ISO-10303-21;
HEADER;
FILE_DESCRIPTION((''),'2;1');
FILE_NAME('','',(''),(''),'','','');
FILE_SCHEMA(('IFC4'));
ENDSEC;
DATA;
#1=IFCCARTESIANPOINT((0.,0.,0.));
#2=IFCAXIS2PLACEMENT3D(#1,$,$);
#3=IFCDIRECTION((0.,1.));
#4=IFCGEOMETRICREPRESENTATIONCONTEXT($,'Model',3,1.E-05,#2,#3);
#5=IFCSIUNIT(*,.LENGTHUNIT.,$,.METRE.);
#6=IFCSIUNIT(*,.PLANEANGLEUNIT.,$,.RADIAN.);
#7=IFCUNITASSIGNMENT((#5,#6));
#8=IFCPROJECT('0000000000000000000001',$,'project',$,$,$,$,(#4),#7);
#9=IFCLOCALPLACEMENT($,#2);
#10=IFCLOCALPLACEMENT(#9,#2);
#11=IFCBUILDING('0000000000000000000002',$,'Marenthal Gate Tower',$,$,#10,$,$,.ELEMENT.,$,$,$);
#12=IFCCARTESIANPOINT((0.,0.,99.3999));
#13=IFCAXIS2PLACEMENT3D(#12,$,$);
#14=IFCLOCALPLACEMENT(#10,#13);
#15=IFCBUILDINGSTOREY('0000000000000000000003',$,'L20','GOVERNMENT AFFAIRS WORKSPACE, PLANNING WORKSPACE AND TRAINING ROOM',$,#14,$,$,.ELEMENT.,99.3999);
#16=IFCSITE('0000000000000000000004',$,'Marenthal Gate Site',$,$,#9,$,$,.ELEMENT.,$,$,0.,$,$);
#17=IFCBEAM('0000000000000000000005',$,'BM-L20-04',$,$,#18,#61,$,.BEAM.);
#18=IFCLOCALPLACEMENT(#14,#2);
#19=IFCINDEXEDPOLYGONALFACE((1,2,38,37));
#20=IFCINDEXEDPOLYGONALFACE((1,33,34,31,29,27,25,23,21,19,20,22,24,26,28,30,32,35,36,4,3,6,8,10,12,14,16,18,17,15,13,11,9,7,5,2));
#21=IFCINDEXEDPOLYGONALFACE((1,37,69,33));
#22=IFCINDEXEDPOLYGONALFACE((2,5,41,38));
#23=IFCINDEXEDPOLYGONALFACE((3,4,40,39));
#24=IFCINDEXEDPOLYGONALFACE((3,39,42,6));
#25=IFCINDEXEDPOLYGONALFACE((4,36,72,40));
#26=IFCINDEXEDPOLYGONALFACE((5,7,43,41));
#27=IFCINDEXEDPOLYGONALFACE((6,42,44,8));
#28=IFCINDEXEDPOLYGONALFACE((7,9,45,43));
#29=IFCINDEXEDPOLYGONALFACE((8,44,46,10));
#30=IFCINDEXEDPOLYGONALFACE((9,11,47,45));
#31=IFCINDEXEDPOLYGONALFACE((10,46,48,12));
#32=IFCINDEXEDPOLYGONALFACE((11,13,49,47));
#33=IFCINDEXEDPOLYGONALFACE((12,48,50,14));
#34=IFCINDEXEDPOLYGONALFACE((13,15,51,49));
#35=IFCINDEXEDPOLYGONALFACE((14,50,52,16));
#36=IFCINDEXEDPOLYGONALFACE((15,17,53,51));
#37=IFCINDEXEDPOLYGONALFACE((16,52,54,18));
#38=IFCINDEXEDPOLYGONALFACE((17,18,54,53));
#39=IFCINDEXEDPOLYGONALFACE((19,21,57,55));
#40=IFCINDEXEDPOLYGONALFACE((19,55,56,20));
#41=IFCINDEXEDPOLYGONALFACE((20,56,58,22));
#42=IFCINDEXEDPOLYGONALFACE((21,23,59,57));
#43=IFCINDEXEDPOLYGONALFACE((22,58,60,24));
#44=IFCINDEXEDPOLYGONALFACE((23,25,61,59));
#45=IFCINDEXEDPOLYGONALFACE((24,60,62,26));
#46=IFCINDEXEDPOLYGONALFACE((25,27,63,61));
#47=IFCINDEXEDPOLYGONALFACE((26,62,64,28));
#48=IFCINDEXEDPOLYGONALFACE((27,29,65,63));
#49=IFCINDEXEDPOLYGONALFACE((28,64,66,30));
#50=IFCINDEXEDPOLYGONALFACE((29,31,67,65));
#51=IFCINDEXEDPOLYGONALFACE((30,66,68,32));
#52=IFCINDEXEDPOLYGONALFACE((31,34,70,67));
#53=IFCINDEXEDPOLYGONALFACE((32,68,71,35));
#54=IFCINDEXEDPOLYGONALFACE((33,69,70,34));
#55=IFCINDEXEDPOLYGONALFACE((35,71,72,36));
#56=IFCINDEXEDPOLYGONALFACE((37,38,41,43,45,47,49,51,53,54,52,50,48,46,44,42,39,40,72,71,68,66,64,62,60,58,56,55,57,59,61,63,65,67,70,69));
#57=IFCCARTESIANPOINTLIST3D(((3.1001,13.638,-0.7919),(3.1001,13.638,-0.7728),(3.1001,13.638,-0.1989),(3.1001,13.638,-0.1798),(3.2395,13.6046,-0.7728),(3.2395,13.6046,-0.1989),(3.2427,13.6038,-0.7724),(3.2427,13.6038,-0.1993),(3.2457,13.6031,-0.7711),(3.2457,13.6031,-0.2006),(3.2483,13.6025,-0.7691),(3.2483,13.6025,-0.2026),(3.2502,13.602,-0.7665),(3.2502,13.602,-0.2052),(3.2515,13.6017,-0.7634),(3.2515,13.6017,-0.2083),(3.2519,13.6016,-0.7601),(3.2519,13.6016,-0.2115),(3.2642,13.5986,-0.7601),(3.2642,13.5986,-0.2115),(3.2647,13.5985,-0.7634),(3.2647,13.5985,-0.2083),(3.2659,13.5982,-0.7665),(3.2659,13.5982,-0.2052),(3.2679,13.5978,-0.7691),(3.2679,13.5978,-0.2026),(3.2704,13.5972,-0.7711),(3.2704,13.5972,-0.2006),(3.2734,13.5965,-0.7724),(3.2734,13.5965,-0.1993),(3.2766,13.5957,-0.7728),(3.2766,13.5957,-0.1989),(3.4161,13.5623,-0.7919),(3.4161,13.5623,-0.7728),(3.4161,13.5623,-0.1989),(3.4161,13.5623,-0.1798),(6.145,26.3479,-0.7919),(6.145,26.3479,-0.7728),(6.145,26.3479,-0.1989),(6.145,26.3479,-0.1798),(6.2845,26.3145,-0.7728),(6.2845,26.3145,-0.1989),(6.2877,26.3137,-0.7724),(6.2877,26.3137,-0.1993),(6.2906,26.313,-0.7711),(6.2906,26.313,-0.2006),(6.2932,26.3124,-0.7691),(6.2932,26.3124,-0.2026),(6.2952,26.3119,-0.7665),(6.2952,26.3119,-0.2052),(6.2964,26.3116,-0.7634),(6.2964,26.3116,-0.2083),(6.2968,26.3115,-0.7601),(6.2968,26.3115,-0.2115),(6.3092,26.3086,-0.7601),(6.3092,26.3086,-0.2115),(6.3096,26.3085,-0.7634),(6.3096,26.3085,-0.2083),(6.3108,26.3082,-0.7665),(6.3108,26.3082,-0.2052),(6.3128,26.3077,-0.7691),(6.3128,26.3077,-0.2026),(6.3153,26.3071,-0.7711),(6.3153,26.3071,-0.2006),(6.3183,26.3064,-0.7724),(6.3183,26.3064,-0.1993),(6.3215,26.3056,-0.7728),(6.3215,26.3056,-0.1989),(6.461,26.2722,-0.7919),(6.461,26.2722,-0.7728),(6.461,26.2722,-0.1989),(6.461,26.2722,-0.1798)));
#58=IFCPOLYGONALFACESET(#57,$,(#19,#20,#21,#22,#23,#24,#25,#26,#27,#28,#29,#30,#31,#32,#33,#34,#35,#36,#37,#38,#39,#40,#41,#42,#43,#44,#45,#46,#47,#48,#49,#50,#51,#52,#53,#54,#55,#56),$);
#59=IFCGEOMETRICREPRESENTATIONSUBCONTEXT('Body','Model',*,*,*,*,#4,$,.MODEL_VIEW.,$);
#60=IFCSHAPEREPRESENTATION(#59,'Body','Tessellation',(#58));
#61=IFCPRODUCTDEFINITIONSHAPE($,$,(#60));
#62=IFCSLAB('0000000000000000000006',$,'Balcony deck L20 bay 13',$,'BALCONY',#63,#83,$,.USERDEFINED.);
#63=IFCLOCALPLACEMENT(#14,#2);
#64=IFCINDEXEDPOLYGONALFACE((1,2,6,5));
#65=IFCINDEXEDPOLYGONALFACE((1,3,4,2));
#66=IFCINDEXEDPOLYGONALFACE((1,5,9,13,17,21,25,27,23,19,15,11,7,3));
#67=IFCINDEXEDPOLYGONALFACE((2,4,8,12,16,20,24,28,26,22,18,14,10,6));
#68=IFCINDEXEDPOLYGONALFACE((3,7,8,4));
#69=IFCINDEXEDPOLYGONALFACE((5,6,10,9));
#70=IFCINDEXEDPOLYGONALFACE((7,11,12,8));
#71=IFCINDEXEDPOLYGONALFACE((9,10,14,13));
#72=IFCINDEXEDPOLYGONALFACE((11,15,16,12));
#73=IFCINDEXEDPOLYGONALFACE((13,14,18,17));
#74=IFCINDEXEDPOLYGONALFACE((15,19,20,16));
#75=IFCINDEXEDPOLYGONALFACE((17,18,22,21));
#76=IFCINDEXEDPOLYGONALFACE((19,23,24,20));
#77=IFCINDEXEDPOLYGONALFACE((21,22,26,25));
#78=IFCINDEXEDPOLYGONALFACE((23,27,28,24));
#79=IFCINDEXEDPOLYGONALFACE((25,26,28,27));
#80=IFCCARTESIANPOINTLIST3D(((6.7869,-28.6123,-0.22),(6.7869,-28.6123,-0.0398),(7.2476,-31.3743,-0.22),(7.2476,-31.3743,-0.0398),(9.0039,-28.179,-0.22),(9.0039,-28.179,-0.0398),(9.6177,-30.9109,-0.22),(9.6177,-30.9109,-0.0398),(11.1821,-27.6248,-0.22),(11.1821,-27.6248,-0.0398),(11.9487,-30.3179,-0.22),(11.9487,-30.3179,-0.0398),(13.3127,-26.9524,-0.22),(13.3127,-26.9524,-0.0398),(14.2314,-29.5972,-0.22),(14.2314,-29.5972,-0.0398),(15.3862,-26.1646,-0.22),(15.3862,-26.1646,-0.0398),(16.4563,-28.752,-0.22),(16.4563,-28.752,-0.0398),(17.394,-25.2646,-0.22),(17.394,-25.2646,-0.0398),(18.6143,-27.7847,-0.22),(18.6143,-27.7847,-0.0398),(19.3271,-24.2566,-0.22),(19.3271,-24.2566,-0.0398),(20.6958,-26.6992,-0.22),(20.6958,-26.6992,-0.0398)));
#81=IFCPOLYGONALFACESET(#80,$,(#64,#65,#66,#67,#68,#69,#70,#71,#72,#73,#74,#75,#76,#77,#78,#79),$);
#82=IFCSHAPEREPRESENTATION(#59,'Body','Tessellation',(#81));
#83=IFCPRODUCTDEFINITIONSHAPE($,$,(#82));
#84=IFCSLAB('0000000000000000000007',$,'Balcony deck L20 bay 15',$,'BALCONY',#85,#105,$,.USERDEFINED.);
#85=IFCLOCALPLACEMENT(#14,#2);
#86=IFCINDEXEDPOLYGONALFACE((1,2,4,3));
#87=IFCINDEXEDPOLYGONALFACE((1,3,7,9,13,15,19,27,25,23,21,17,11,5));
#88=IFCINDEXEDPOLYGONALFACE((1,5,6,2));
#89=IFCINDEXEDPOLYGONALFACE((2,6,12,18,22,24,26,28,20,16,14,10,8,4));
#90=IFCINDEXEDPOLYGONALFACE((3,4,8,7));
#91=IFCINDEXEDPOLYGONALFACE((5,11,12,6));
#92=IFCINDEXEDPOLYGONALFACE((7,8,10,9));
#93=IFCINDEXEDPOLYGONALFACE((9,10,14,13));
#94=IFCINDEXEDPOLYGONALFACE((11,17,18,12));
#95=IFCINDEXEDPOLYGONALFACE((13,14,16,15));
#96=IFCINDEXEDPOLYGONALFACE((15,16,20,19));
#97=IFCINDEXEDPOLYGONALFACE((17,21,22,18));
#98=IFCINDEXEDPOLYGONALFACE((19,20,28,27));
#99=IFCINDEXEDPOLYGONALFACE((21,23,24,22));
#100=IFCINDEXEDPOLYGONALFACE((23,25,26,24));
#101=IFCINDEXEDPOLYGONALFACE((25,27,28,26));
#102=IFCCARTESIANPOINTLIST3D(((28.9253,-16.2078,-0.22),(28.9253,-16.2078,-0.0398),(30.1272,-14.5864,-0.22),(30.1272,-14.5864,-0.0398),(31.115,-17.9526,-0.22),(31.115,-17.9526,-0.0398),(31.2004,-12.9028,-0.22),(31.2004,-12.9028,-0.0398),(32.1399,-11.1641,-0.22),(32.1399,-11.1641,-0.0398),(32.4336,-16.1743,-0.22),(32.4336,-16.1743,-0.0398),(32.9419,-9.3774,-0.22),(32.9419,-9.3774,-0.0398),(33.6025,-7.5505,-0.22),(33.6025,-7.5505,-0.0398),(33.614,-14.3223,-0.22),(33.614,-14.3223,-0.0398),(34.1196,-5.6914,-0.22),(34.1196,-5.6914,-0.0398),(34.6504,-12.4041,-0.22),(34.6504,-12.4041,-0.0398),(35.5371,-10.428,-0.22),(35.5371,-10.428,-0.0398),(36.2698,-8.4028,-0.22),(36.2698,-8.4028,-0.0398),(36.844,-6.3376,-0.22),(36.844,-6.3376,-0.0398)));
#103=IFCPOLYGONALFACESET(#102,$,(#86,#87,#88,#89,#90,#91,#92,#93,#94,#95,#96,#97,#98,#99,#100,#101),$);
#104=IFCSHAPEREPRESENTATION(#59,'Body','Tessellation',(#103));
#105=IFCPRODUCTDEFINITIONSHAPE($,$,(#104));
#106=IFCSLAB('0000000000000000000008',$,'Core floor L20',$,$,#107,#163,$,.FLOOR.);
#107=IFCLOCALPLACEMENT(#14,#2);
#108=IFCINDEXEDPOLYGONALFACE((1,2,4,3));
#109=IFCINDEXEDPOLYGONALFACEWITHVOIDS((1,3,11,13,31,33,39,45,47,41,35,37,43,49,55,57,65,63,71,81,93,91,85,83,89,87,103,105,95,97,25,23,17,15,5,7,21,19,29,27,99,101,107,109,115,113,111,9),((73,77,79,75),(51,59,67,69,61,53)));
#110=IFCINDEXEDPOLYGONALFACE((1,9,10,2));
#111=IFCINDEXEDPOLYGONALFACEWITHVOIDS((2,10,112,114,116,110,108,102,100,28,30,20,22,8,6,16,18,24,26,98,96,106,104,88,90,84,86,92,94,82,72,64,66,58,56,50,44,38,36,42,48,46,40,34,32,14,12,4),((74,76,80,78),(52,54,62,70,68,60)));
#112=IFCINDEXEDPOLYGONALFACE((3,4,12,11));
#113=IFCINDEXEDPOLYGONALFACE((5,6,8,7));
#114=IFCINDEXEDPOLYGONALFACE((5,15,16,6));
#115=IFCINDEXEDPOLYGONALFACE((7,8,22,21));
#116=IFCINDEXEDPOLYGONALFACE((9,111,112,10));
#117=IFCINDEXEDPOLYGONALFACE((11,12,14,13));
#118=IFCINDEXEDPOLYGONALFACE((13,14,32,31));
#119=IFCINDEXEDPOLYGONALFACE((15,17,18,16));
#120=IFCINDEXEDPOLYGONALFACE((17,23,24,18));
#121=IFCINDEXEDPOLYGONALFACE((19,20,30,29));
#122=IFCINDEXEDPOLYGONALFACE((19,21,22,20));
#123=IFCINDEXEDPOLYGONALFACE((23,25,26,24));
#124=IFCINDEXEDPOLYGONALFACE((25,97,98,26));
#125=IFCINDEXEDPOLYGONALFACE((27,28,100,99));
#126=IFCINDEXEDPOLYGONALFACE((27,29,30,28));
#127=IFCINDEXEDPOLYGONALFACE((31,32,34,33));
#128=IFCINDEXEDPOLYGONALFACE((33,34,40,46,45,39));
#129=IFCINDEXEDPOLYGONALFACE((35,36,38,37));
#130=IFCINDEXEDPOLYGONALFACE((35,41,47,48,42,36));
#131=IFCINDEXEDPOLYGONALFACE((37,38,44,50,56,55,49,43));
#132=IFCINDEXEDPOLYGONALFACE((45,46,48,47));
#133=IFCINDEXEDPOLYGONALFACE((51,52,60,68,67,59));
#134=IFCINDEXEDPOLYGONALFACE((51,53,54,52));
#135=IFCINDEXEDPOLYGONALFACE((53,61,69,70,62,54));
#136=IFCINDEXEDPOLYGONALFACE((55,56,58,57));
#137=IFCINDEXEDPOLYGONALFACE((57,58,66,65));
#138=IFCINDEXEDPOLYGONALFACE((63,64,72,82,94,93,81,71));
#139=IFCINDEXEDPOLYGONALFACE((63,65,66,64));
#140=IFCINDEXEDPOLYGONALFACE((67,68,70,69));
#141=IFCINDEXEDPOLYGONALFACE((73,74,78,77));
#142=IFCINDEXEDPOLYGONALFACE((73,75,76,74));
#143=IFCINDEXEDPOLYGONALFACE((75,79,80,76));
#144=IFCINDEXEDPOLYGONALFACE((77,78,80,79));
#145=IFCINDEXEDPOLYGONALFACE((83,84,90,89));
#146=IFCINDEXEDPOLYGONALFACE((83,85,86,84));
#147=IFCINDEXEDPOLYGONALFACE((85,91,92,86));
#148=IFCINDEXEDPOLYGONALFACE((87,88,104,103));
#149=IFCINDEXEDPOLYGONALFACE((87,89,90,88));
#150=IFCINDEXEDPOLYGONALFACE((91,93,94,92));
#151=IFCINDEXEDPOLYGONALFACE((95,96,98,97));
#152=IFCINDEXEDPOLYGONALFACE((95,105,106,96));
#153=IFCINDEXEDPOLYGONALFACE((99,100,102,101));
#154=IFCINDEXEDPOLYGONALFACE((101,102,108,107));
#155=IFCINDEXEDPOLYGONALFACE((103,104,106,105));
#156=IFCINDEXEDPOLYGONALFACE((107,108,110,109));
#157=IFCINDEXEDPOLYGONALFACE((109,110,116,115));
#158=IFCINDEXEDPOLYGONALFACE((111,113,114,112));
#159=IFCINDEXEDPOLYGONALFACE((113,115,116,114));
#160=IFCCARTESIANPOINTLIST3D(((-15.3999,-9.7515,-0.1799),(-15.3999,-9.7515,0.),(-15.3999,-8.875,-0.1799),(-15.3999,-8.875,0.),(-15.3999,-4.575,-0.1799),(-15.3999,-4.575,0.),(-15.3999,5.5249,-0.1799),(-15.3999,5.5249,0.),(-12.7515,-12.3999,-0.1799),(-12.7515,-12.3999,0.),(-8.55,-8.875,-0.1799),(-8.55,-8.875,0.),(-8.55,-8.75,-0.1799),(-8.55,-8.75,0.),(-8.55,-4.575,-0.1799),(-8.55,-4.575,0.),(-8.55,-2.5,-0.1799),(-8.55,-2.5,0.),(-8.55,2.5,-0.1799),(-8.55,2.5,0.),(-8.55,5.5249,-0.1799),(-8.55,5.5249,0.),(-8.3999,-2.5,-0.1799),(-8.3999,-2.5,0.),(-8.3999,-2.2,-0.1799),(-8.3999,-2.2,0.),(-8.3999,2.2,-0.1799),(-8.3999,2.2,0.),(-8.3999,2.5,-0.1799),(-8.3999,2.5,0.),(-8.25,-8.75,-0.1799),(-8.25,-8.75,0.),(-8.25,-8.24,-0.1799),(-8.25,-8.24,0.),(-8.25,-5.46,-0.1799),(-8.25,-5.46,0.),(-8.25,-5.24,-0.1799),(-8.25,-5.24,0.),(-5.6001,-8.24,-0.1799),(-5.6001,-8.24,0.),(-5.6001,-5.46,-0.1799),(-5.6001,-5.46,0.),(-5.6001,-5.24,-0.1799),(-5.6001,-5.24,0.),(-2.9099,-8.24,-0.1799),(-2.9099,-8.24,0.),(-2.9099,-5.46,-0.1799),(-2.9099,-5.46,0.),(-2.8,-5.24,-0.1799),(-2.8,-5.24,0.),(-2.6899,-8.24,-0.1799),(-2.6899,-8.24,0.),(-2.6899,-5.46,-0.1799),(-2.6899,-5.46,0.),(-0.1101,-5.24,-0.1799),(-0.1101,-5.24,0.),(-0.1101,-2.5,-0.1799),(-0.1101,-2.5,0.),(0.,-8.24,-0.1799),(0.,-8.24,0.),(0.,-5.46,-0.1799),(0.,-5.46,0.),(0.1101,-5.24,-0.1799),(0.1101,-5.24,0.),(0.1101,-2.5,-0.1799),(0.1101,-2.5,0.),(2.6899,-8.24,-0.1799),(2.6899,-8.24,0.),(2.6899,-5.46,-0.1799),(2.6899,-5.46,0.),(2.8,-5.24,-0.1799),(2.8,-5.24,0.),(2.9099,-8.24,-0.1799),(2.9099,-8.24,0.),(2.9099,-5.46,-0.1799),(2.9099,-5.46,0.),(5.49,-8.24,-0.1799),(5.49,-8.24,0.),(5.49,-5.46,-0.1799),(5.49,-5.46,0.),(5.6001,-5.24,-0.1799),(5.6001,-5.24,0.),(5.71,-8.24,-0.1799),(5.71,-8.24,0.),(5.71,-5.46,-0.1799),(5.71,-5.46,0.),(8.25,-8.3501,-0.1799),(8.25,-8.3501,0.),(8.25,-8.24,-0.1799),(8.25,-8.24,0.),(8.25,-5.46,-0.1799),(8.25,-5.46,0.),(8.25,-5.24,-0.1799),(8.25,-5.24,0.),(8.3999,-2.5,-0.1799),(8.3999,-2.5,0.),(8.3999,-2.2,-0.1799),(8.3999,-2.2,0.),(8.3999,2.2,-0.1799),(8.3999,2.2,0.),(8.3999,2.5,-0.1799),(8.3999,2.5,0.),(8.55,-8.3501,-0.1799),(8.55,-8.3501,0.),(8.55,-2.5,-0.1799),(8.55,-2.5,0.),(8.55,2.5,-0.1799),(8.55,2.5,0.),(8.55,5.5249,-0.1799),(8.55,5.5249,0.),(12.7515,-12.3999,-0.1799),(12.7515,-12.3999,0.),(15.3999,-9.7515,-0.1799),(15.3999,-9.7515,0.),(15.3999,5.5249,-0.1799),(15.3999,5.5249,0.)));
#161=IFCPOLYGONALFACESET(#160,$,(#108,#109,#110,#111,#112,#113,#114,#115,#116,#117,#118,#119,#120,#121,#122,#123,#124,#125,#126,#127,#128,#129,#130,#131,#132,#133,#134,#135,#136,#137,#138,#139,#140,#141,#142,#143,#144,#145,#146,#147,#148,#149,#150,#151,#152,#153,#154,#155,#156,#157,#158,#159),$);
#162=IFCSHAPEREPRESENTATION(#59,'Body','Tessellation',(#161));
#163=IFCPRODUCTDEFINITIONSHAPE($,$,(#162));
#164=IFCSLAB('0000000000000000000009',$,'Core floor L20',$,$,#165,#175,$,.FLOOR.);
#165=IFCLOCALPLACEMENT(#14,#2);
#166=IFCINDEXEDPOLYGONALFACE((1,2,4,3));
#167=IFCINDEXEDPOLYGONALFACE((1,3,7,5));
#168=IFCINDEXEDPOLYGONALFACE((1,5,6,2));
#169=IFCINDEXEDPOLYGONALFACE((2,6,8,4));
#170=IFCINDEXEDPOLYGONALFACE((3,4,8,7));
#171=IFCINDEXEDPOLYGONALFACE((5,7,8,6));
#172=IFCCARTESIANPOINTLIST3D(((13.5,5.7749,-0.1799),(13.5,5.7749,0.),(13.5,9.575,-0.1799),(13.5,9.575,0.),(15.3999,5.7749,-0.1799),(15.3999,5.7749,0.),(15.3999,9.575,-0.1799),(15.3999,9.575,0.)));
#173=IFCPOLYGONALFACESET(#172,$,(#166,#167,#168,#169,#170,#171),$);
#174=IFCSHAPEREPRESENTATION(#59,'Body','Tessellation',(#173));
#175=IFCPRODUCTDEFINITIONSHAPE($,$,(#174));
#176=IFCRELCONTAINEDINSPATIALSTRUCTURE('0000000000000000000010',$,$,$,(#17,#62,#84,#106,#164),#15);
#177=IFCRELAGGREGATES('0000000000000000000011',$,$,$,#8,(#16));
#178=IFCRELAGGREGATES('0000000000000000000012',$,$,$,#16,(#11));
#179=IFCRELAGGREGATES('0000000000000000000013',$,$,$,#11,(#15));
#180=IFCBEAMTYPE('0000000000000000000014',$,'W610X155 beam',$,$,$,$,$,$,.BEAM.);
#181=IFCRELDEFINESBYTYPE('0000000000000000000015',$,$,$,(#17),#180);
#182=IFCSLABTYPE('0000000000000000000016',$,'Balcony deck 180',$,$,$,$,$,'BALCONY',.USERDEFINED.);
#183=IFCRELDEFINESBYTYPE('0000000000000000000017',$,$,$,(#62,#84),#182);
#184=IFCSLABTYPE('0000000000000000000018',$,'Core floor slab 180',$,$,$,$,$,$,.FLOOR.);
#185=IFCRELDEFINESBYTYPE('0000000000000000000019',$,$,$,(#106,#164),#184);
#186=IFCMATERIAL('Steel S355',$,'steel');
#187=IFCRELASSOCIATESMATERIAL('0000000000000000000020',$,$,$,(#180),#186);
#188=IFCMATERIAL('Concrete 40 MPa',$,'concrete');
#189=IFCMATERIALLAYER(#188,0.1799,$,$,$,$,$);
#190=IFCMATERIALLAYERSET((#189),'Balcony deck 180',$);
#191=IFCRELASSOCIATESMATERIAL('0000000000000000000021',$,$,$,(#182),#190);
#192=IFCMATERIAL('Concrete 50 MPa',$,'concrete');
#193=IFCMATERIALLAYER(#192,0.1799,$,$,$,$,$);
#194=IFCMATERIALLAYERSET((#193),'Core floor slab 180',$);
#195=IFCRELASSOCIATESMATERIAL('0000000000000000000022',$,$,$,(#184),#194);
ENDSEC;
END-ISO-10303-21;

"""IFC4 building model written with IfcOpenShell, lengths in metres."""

from ifc_helpers import new_model, si_unit, direction, frame, origin, origin_2d, place, context, subcontext, project, spatial, polyline, i_section, outline, extrude, material, layer, layer_set, material_profile, profile_set, type_object, element, save


model = new_model("IFC4")

# Units and contexts
model_context = context("Model", 3, precision=1e-05, world=origin(), true_north=direction((0.0, 1.0)))
body_context = subcontext(model_context, "Body", "Model", "MODEL_VIEW")
ifc_project = project(units=[si_unit("LENGTHUNIT", "METRE"), si_unit("PLANEANGLEUNIT", "RADIAN")], contexts=[model_context])

# Site, building, storey
site_placement = place(None, origin())
site = spatial("IfcSite", under=ifc_project, at=site_placement, Name="Marenthal Gate Site", CompositionType="ELEMENT", RefElevation=0.0)
building_placement = place(site_placement, origin())
building = spatial("IfcBuilding", under=site, at=building_placement, Name="Marenthal Gate Tower", CompositionType="ELEMENT")
storey_placement = place(building_placement, frame((0.0, 0.0, 99.3999)))
storey = spatial("IfcBuildingStorey", under=building, at=storey_placement, Name="L20", Description="GOVERNMENT AFFAIRS WORKSPACE, PLANNING WORKSPACE AND TRAINING ROOM", CompositionType="ELEMENT", Elevation=99.3999)

# Beam
ifc_material_1 = material(Name="Steel S355", Category="steel")
ifc_material_profile_1 = material_profile(ifc_material_1, i_section(OverallWidth=0.325, OverallDepth=0.6121, WebThickness=0.0127, FlangeThickness=0.019, FilletRadius=0.0127, at=origin_2d()), Name="W610X155")
ifc_profile_set_1 = profile_set([ifc_material_profile_1], Name="Steel S355")
beam_type_1 = type_object("IfcBeamType", Name="W610X155 beam", PredefinedType="BEAM", material=ifc_profile_set_1)
beam_1_placement = place(storey_placement, frame((6.303, 26.3101, -0.4858), z_axis=(-0.232977, -0.972482, 0.0), x_axis=(0.972482, -0.232977, 0.0)))
element("IfcBeam", 1, at=beam_1_placement, inside=storey, type_object=beam_type_1, Name="BM-L20-04", PredefinedType="BEAM", context=body_context, shape_type="SweptSolid", body=[
    extrude(i_section(OverallWidth=0.325, OverallDepth=0.6121, WebThickness=0.0127, FlangeThickness=0.019, FilletRadius=0.0127, at=origin_2d()), origin(), (0.0, 0.0, 1.0), 13.0696),
])

# Slabs
ifc_material_2 = material(Name="Concrete 40 MPa", Category="concrete")
ifc_layer_1 = layer(ifc_material_2, 0.1799)
ifc_layer_set_1 = layer_set([ifc_layer_1], Name="Balcony deck 180")
slab_type_1 = type_object("IfcSlabType", Name="Balcony deck 180", ElementType="BALCONY", PredefinedType="USERDEFINED", material=ifc_layer_set_1)
slab_1_placement = place(storey_placement, frame((0.0, 0.0, -0.22)))
element("IfcSlab", 2, at=slab_1_placement, inside=storey, type_object=slab_type_1, Name="Balcony deck L20 bay 13", ObjectType="BALCONY", PredefinedType="USERDEFINED", context=body_context, shape_type="SweptSolid", body=[
    extrude(outline(polyline([(6.7869, -28.6123), (9.0039, -28.179), (11.1821, -27.6248), (13.3127, -26.9524), (15.3862, -26.1646), (17.394, -25.2646), (19.3271, -24.2566), (20.6958, -26.6992), (18.6143, -27.7847), (16.4563, -28.752), (14.2314, -29.5972), (11.9487, -30.3179), (9.6177, -30.9109), (7.2476, -31.3743), (6.7869, -28.6123)])), origin(), (0.0, 0.0, 1.0), 0.1802),
])
slab_2_placement = place(storey_placement, frame((0.0, 0.0, -0.22)))
element("IfcSlab", 3, at=slab_2_placement, inside=storey, type_object=slab_type_1, Name="Balcony deck L20 bay 15", ObjectType="BALCONY", PredefinedType="USERDEFINED", context=body_context, shape_type="SweptSolid", body=[
    extrude(outline(polyline([(28.9253, -16.2078), (30.1272, -14.5864), (31.2004, -12.9028), (32.1399, -11.1641), (32.9419, -9.3774), (33.6025, -7.5505), (34.1196, -5.6914), (36.844, -6.3376), (36.2698, -8.4028), (35.5371, -10.428), (34.6504, -12.4041), (33.614, -14.3223), (32.4336, -16.1743), (31.115, -17.9526), (28.9253, -16.2078)])), origin(), (0.0, 0.0, 1.0), 0.1802),
])
ifc_material_3 = material(Name="Concrete 50 MPa", Category="concrete")
ifc_layer_2 = layer(ifc_material_3, 0.1799)
ifc_layer_set_2 = layer_set([ifc_layer_2], Name="Core floor slab 180")
slab_type_2 = type_object("IfcSlabType", Name="Core floor slab 180", PredefinedType="FLOOR", material=ifc_layer_set_2)
slab_3_placement = place(storey_placement, frame((0.0, 0.0, -0.1799)))
element("IfcSlab", 4, at=slab_3_placement, inside=storey, type_object=slab_type_2, Name="Core floor L20", PredefinedType="FLOOR", context=body_context, shape_type="SweptSolid", body=[
    extrude(outline(polyline([(15.3999, -9.7515), (12.7515, -12.3999), (-12.7515, -12.3999), (-15.3999, -9.7515), (-15.3999, -8.875), (-8.55, -8.875), (-8.55, -8.75), (-8.25, -8.75), (-8.25, -8.24), (-5.6001, -8.24), (-2.9099, -8.24), (-2.9099, -5.46), (-5.6001, -5.46), (-8.25, -5.46), (-8.25, -5.24), (-5.6001, -5.24), (-2.8, -5.24), (-0.1101, -5.24), (-0.1101, -2.5), (0.1101, -2.5), (0.1101, -5.24), (2.8, -5.24), (5.6001, -5.24), (8.25, -5.24), (8.25, -5.46), (5.71, -5.46), (5.71, -8.24), (8.25, -8.24), (8.25, -8.3501), (8.55, -8.3501), (8.55, -2.5), (8.3999, -2.5), (8.3999, -2.2), (-8.3999, -2.2), (-8.3999, -2.5), (-8.55, -2.5), (-8.55, -4.575), (-15.3999, -4.575), (-15.3999, 5.5249), (-8.55, 5.5249), (-8.55, 2.5), (-8.3999, 2.5), (-8.3999, 2.2), (8.3999, 2.2), (8.3999, 2.5), (8.55, 2.5), (8.55, 5.5249), (15.3999, 5.5249), (15.3999, -9.7515)]), holes=[polyline([(2.6899, -5.46), (0.0, -5.46), (-2.6899, -5.46), (-2.6899, -8.24), (0.0, -8.24), (2.6899, -8.24), (2.6899, -5.46)]), polyline([(5.49, -5.46), (2.9099, -5.46), (2.9099, -8.24), (5.49, -8.24), (5.49, -5.46)])]), origin(), (0.0, 0.0, 1.0), 0.1799),
])
slab_4_placement = place(storey_placement, frame((0.0, 0.0, -0.1799)))
element("IfcSlab", 5, at=slab_4_placement, inside=storey, type_object=slab_type_2, Name="Core floor L20", PredefinedType="FLOOR", context=body_context, shape_type="SweptSolid", body=[
    extrude(outline(polyline([(15.3999, 5.7749), (13.5, 5.7749), (13.5, 9.575), (15.3999, 9.575), (15.3999, 5.7749)])), origin(), (0.0, 0.0, 1.0), 0.1799),
])

save(model, "model.ifc")
